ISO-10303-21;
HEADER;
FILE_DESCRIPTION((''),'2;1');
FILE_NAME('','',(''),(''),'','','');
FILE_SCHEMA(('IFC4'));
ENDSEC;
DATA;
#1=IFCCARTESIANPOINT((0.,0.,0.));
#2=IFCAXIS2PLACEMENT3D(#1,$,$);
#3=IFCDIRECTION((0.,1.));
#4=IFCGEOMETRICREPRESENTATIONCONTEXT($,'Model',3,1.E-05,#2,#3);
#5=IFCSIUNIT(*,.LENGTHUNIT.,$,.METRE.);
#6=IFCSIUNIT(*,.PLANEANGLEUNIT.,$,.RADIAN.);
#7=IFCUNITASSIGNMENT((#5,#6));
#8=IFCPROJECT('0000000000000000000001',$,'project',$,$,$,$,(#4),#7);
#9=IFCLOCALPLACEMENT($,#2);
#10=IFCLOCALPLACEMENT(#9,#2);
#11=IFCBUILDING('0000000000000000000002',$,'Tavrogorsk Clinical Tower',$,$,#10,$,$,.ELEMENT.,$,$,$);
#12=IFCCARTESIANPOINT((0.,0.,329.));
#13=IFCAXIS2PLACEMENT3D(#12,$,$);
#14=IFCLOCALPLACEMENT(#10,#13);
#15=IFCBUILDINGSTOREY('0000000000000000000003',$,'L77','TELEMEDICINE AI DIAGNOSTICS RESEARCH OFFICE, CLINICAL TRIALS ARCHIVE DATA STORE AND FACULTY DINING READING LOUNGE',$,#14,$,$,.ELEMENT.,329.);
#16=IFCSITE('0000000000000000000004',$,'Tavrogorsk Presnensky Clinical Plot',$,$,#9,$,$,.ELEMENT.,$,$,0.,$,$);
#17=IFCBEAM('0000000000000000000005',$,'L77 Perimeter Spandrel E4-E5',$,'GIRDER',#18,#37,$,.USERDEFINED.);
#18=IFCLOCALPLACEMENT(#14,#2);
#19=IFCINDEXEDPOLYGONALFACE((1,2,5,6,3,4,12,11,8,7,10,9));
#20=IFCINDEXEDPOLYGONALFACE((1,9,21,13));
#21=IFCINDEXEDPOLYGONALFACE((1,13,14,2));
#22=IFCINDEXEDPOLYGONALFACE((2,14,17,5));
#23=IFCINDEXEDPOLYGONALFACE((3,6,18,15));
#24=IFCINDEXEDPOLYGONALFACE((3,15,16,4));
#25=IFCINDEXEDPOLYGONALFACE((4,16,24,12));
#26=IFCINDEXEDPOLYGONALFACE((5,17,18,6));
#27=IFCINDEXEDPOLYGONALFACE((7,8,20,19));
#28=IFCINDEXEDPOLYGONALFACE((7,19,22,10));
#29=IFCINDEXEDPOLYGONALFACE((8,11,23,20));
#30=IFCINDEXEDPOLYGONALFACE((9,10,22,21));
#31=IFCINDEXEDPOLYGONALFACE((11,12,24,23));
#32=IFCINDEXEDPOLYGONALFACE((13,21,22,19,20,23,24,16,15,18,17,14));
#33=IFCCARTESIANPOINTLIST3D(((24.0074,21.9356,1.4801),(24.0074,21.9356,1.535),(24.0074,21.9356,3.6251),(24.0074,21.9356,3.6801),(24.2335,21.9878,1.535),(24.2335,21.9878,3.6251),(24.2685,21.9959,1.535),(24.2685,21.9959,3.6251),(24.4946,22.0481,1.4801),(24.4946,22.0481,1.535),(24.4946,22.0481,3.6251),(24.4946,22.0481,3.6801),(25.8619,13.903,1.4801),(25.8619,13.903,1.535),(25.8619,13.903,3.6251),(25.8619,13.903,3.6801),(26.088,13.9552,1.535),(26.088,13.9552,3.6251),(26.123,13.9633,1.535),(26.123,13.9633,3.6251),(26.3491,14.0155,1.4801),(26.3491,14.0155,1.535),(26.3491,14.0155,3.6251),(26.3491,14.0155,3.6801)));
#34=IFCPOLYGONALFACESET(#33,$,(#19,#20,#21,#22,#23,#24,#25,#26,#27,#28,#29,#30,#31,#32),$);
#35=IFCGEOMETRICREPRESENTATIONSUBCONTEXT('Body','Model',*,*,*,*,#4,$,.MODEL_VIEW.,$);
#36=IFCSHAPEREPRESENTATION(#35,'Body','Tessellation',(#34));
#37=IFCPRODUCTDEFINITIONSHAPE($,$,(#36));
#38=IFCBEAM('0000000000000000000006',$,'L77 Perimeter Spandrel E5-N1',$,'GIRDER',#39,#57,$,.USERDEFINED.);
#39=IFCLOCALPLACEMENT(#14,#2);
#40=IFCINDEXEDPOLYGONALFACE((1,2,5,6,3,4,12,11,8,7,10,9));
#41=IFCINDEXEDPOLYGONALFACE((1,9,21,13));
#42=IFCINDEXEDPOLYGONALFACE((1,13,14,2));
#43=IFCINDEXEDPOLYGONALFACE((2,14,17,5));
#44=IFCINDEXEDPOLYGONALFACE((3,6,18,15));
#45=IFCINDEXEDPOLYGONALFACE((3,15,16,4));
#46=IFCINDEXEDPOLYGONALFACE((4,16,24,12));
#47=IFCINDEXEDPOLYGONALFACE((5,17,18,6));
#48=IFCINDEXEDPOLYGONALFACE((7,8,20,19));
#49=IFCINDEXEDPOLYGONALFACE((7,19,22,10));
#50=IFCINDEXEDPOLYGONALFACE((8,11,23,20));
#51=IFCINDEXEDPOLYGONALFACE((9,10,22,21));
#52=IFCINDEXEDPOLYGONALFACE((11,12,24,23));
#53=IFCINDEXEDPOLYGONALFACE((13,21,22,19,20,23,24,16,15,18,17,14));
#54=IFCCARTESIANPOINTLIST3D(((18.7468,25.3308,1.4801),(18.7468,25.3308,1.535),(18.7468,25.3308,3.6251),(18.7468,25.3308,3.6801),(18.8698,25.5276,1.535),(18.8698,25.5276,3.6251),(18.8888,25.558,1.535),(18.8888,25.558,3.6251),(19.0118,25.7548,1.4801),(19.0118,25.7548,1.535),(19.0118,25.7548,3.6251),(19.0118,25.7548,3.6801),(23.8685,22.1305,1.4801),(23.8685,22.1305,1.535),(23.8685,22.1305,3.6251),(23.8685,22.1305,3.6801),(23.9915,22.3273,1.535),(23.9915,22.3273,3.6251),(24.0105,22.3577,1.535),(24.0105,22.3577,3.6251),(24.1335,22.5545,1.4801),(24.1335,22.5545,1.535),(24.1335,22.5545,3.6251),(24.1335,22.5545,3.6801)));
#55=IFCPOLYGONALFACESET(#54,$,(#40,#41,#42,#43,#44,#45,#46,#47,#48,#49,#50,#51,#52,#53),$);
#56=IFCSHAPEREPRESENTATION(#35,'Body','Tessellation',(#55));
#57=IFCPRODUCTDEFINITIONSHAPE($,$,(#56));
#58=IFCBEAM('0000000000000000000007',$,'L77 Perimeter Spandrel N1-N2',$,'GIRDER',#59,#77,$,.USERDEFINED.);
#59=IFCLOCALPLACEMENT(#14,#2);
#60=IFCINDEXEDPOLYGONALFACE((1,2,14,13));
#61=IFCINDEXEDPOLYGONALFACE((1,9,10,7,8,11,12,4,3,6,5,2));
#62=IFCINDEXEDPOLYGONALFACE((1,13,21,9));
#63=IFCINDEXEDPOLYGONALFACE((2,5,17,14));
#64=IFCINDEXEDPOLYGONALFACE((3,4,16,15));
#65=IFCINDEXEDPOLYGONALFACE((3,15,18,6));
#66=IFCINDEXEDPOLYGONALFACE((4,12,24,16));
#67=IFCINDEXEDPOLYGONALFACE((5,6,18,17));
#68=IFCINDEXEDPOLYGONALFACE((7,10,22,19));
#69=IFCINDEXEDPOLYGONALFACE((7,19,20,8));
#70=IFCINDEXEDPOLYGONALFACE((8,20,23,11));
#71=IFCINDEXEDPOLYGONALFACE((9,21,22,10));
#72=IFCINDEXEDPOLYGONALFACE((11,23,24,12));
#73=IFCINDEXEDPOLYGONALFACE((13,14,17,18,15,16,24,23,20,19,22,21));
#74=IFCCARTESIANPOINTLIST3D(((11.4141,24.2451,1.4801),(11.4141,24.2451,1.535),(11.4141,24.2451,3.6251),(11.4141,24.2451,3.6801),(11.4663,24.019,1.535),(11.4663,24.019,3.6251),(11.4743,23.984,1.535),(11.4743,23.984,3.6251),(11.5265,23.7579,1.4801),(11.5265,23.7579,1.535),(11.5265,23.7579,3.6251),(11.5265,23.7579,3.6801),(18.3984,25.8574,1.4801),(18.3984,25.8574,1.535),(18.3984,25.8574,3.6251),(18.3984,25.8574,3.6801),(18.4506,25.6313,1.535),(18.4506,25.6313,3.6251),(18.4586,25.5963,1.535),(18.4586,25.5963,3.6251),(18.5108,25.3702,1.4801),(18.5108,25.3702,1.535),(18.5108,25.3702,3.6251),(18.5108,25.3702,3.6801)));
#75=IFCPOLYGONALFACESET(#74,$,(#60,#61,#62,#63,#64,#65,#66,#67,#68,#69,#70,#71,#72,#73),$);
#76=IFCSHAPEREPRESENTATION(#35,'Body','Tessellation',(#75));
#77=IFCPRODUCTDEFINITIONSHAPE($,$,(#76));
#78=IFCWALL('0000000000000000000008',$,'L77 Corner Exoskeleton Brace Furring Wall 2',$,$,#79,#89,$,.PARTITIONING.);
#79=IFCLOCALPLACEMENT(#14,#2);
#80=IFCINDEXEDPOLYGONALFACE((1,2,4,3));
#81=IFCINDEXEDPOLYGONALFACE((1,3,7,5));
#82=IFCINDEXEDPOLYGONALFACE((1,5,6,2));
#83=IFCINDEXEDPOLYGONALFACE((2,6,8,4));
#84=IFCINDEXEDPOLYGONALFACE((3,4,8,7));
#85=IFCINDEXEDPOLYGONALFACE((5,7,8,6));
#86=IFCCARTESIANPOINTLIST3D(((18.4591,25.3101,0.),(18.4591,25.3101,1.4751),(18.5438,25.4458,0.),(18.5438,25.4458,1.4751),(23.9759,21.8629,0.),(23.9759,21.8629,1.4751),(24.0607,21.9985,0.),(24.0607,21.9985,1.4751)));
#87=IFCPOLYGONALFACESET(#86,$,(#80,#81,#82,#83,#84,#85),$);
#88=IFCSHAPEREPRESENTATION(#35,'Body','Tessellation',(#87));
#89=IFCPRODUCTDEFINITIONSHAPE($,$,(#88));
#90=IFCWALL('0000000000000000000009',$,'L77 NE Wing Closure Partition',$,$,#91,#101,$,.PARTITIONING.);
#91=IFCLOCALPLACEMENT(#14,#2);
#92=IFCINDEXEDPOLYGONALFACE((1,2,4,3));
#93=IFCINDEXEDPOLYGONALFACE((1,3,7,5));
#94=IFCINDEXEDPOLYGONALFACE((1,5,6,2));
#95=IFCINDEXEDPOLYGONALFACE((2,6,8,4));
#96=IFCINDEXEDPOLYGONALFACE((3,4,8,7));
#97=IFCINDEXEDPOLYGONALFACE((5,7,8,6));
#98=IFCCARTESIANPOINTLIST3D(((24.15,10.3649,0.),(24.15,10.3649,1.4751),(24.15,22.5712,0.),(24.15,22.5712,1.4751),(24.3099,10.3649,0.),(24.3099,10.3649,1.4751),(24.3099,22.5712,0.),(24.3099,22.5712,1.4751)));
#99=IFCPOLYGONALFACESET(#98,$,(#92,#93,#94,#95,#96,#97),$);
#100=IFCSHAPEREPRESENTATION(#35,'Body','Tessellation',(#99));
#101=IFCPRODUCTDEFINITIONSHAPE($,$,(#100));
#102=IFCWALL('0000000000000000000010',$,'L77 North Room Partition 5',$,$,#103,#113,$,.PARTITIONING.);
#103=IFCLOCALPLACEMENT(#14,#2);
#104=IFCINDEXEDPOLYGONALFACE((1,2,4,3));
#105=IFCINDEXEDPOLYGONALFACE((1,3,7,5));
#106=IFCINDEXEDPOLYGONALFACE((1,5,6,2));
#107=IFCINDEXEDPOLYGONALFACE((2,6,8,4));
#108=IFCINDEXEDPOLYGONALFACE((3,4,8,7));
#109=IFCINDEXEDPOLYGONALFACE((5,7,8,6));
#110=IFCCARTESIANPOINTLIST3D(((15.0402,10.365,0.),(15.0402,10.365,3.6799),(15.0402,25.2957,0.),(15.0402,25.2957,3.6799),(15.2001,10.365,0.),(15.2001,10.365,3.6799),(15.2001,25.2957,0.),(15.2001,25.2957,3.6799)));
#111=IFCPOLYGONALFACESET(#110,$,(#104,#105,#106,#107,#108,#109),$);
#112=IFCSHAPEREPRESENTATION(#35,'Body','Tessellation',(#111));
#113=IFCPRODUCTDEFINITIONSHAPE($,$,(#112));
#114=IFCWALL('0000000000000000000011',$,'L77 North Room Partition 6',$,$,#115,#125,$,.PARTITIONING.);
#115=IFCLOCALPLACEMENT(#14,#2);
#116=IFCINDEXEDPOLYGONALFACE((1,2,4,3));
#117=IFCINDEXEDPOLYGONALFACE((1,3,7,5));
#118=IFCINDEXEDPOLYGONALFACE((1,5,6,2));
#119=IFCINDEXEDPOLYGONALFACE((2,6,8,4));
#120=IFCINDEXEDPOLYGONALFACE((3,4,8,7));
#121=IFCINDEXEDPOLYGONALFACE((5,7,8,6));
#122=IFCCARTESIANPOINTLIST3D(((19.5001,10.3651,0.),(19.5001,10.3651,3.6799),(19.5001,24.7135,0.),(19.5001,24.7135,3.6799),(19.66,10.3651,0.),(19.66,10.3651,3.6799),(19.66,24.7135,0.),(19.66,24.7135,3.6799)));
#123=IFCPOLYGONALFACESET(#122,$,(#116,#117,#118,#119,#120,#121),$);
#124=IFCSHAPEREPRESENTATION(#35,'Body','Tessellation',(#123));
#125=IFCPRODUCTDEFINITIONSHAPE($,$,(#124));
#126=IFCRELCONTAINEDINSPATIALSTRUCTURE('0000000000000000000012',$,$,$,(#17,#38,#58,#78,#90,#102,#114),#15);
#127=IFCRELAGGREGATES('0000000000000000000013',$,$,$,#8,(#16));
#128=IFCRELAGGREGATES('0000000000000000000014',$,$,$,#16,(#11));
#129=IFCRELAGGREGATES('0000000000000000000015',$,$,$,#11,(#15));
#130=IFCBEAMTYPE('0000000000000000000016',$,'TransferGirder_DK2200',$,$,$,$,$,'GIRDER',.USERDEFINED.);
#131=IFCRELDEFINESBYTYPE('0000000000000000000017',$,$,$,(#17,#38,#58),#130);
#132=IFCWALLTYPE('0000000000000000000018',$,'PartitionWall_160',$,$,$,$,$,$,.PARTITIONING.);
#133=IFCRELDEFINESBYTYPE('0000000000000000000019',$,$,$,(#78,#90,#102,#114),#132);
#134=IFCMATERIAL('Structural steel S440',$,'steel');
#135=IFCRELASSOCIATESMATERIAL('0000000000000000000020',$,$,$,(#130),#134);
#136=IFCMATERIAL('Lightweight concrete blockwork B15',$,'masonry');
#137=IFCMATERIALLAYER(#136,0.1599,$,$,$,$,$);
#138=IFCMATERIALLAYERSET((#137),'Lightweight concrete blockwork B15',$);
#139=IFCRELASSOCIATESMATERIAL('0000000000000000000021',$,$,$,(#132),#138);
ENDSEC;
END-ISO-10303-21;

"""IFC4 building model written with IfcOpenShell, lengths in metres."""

from ifc_helpers import new_model, si_unit, direction, frame, frame_2d, origin, origin_2d, place, context, subcontext, project, spatial, rectangle, i_section, extrude, material, layer, layer_set, material_profile, profile_set, type_object, element, save


model = new_model("IFC4")

# Units and contexts
model_context = context("Model", 3, precision=1e-05, world=origin(), true_north=direction((0.0, 1.0)))
body_context = subcontext(model_context, "Body", "Model", "MODEL_VIEW")
ifc_project = project(units=[si_unit("LENGTHUNIT", "METRE"), si_unit("PLANEANGLEUNIT", "RADIAN")], contexts=[model_context])

# Site, building, storey
site_placement = place(None, origin())
site = spatial("IfcSite", under=ifc_project, at=site_placement, Name="Tavrogorsk Presnensky Clinical Plot", CompositionType="ELEMENT", RefElevation=0.0)
building_placement = place(site_placement, origin())
building = spatial("IfcBuilding", under=site, at=building_placement, Name="Tavrogorsk Clinical Tower", CompositionType="ELEMENT")
storey_placement = place(building_placement, frame((0.0, 0.0, 329.0)))
storey = spatial("IfcBuildingStorey", under=building, at=storey_placement, Name="L77", Description="TELEMEDICINE AI DIAGNOSTICS RESEARCH OFFICE, CLINICAL TRIALS ARCHIVE DATA STORE AND FACULTY DINING READING LOUNGE", CompositionType="ELEMENT", Elevation=329.0)

# Beams
ifc_material_1 = material(Name="Structural steel S440", Category="steel")
ifc_material_profile_1 = material_profile(ifc_material_1, i_section(OverallWidth=0.5, OverallDepth=2.2, WebThickness=0.0359, FlangeThickness=0.0549, at=origin_2d()), Name="DK-2200x500x36x55")
ifc_profile_set_1 = profile_set([ifc_material_profile_1], Name="Structural steel S440")
beam_type_1 = type_object("IfcBeamType", Name="TransferGirder_DK2200", ElementType="GIRDER", PredefinedType="USERDEFINED", material=ifc_profile_set_1)
beam_1_placement = place(storey_placement, frame((26.1055, 13.9592, 2.5801), z_axis=(-0.22495, 0.97437, 0.0), x_axis=(-0.97437, -0.22495, 0.0)))
element("IfcBeam", 1, at=beam_1_placement, inside=storey, type_object=beam_type_1, Name="L77 Perimeter Spandrel E4-E5", ObjectType="GIRDER", PredefinedType="USERDEFINED", context=body_context, shape_type="SweptSolid", body=[
    extrude(i_section(OverallWidth=0.5, OverallDepth=2.2, WebThickness=0.0359, FlangeThickness=0.0549, at=origin_2d()), origin(), (0.0, 0.0, 1.0), 8.2439),
])
beam_2_placement = place(storey_placement, frame((24.001, 22.3425, 2.5801), z_axis=(-0.848057, 0.529904, 0.0), x_axis=(-0.529904, -0.848057, 0.0)))
element("IfcBeam", 2, at=beam_2_placement, inside=storey, type_object=beam_type_1, Name="L77 Perimeter Spandrel E5-N1", ObjectType="GIRDER", PredefinedType="USERDEFINED", context=body_context, shape_type="SweptSolid", body=[
    extrude(i_section(OverallWidth=0.5, OverallDepth=2.2, WebThickness=0.0359, FlangeThickness=0.0549, at=origin_2d()), origin(), (0.0, 0.0, 1.0), 6.0393),
])
beam_3_placement = place(storey_placement, frame((18.4546, 25.6138, 2.5801), z_axis=(-0.974375, -0.224929, 0.0), x_axis=(0.224929, -0.974375, 0.0)))
element("IfcBeam", 3, at=beam_3_placement, inside=storey, type_object=beam_type_1, Name="L77 Perimeter Spandrel N1-N2", ObjectType="GIRDER", PredefinedType="USERDEFINED", context=body_context, shape_type="SweptSolid", body=[
    extrude(i_section(OverallWidth=0.5, OverallDepth=2.2, WebThickness=0.0359, FlangeThickness=0.0549, at=origin_2d()), origin(), (0.0, 0.0, 1.0), 7.168),
])

# Walls
ifc_material_2 = material(Name="Lightweight concrete blockwork B15", Category="masonry")
ifc_layer_1 = layer(ifc_material_2, 0.1599)
ifc_layer_set_1 = layer_set([ifc_layer_1], Name="Lightweight concrete blockwork B15")
wall_type_1 = type_object("IfcWallType", Name="PartitionWall_160", PredefinedType="PARTITIONING", material=ifc_layer_set_1)
wall_1_placement = place(storey_placement, frame((24.0183, 21.9307, 0.0), z_axis=(0.0, 0.0, 1.0), x_axis=(-0.848051, 0.529915, 0.0)))
element("IfcWall", 4, at=wall_1_placement, inside=storey, type_object=wall_type_1, Name="L77 Corner Exoskeleton Brace Furring Wall 2", PredefinedType="PARTITIONING", context=body_context, shape_type="SweptSolid", body=[
    extrude(rectangle(XDim=6.5054, YDim=0.1599, at=frame_2d((3.2527, 0.0))), origin(), (0.0, 0.0, 1.0), 1.4751),
])
wall_2_placement = place(storey_placement, frame((24.23, 10.365, 0.0), z_axis=(0.0, 0.0, 1.0), x_axis=(0.0, 1.0, 0.0)))
element("IfcWall", 5, at=wall_2_placement, inside=storey, type_object=wall_type_1, Name="L77 NE Wing Closure Partition", PredefinedType="PARTITIONING", context=body_context, shape_type="SweptSolid", body=[
    extrude(rectangle(XDim=12.2063, YDim=0.1599, at=frame_2d((6.103, 0.0))), origin(), (0.0, 0.0, 1.0), 1.4751),
])
wall_3_placement = place(storey_placement, frame((15.1201, 10.365, 0.0), z_axis=(0.0, 0.0, 1.0), x_axis=(0.0, 1.0, 0.0)))
element("IfcWall", 6, at=wall_3_placement, inside=storey, type_object=wall_type_1, Name="L77 North Room Partition 5", PredefinedType="PARTITIONING", context=body_context, shape_type="SweptSolid", body=[
    extrude(rectangle(XDim=14.9307, YDim=0.1599, at=frame_2d((7.4653, 0.0))), origin(), (0.0, 0.0, 1.0), 3.6799),
])
wall_4_placement = place(storey_placement, frame((19.5801, 10.365, 0.0), z_axis=(0.0, 0.0, 1.0), x_axis=(0.0, 1.0, 0.0)))
element("IfcWall", 7, at=wall_4_placement, inside=storey, type_object=wall_type_1, Name="L77 North Room Partition 6", PredefinedType="PARTITIONING", context=body_context, shape_type="SweptSolid", body=[
    extrude(rectangle(XDim=14.3484, YDim=0.1599, at=frame_2d((7.1743, 0.0))), origin(), (0.0, 0.0, 1.0), 3.6799),
])

save(model, "model.ifc")
